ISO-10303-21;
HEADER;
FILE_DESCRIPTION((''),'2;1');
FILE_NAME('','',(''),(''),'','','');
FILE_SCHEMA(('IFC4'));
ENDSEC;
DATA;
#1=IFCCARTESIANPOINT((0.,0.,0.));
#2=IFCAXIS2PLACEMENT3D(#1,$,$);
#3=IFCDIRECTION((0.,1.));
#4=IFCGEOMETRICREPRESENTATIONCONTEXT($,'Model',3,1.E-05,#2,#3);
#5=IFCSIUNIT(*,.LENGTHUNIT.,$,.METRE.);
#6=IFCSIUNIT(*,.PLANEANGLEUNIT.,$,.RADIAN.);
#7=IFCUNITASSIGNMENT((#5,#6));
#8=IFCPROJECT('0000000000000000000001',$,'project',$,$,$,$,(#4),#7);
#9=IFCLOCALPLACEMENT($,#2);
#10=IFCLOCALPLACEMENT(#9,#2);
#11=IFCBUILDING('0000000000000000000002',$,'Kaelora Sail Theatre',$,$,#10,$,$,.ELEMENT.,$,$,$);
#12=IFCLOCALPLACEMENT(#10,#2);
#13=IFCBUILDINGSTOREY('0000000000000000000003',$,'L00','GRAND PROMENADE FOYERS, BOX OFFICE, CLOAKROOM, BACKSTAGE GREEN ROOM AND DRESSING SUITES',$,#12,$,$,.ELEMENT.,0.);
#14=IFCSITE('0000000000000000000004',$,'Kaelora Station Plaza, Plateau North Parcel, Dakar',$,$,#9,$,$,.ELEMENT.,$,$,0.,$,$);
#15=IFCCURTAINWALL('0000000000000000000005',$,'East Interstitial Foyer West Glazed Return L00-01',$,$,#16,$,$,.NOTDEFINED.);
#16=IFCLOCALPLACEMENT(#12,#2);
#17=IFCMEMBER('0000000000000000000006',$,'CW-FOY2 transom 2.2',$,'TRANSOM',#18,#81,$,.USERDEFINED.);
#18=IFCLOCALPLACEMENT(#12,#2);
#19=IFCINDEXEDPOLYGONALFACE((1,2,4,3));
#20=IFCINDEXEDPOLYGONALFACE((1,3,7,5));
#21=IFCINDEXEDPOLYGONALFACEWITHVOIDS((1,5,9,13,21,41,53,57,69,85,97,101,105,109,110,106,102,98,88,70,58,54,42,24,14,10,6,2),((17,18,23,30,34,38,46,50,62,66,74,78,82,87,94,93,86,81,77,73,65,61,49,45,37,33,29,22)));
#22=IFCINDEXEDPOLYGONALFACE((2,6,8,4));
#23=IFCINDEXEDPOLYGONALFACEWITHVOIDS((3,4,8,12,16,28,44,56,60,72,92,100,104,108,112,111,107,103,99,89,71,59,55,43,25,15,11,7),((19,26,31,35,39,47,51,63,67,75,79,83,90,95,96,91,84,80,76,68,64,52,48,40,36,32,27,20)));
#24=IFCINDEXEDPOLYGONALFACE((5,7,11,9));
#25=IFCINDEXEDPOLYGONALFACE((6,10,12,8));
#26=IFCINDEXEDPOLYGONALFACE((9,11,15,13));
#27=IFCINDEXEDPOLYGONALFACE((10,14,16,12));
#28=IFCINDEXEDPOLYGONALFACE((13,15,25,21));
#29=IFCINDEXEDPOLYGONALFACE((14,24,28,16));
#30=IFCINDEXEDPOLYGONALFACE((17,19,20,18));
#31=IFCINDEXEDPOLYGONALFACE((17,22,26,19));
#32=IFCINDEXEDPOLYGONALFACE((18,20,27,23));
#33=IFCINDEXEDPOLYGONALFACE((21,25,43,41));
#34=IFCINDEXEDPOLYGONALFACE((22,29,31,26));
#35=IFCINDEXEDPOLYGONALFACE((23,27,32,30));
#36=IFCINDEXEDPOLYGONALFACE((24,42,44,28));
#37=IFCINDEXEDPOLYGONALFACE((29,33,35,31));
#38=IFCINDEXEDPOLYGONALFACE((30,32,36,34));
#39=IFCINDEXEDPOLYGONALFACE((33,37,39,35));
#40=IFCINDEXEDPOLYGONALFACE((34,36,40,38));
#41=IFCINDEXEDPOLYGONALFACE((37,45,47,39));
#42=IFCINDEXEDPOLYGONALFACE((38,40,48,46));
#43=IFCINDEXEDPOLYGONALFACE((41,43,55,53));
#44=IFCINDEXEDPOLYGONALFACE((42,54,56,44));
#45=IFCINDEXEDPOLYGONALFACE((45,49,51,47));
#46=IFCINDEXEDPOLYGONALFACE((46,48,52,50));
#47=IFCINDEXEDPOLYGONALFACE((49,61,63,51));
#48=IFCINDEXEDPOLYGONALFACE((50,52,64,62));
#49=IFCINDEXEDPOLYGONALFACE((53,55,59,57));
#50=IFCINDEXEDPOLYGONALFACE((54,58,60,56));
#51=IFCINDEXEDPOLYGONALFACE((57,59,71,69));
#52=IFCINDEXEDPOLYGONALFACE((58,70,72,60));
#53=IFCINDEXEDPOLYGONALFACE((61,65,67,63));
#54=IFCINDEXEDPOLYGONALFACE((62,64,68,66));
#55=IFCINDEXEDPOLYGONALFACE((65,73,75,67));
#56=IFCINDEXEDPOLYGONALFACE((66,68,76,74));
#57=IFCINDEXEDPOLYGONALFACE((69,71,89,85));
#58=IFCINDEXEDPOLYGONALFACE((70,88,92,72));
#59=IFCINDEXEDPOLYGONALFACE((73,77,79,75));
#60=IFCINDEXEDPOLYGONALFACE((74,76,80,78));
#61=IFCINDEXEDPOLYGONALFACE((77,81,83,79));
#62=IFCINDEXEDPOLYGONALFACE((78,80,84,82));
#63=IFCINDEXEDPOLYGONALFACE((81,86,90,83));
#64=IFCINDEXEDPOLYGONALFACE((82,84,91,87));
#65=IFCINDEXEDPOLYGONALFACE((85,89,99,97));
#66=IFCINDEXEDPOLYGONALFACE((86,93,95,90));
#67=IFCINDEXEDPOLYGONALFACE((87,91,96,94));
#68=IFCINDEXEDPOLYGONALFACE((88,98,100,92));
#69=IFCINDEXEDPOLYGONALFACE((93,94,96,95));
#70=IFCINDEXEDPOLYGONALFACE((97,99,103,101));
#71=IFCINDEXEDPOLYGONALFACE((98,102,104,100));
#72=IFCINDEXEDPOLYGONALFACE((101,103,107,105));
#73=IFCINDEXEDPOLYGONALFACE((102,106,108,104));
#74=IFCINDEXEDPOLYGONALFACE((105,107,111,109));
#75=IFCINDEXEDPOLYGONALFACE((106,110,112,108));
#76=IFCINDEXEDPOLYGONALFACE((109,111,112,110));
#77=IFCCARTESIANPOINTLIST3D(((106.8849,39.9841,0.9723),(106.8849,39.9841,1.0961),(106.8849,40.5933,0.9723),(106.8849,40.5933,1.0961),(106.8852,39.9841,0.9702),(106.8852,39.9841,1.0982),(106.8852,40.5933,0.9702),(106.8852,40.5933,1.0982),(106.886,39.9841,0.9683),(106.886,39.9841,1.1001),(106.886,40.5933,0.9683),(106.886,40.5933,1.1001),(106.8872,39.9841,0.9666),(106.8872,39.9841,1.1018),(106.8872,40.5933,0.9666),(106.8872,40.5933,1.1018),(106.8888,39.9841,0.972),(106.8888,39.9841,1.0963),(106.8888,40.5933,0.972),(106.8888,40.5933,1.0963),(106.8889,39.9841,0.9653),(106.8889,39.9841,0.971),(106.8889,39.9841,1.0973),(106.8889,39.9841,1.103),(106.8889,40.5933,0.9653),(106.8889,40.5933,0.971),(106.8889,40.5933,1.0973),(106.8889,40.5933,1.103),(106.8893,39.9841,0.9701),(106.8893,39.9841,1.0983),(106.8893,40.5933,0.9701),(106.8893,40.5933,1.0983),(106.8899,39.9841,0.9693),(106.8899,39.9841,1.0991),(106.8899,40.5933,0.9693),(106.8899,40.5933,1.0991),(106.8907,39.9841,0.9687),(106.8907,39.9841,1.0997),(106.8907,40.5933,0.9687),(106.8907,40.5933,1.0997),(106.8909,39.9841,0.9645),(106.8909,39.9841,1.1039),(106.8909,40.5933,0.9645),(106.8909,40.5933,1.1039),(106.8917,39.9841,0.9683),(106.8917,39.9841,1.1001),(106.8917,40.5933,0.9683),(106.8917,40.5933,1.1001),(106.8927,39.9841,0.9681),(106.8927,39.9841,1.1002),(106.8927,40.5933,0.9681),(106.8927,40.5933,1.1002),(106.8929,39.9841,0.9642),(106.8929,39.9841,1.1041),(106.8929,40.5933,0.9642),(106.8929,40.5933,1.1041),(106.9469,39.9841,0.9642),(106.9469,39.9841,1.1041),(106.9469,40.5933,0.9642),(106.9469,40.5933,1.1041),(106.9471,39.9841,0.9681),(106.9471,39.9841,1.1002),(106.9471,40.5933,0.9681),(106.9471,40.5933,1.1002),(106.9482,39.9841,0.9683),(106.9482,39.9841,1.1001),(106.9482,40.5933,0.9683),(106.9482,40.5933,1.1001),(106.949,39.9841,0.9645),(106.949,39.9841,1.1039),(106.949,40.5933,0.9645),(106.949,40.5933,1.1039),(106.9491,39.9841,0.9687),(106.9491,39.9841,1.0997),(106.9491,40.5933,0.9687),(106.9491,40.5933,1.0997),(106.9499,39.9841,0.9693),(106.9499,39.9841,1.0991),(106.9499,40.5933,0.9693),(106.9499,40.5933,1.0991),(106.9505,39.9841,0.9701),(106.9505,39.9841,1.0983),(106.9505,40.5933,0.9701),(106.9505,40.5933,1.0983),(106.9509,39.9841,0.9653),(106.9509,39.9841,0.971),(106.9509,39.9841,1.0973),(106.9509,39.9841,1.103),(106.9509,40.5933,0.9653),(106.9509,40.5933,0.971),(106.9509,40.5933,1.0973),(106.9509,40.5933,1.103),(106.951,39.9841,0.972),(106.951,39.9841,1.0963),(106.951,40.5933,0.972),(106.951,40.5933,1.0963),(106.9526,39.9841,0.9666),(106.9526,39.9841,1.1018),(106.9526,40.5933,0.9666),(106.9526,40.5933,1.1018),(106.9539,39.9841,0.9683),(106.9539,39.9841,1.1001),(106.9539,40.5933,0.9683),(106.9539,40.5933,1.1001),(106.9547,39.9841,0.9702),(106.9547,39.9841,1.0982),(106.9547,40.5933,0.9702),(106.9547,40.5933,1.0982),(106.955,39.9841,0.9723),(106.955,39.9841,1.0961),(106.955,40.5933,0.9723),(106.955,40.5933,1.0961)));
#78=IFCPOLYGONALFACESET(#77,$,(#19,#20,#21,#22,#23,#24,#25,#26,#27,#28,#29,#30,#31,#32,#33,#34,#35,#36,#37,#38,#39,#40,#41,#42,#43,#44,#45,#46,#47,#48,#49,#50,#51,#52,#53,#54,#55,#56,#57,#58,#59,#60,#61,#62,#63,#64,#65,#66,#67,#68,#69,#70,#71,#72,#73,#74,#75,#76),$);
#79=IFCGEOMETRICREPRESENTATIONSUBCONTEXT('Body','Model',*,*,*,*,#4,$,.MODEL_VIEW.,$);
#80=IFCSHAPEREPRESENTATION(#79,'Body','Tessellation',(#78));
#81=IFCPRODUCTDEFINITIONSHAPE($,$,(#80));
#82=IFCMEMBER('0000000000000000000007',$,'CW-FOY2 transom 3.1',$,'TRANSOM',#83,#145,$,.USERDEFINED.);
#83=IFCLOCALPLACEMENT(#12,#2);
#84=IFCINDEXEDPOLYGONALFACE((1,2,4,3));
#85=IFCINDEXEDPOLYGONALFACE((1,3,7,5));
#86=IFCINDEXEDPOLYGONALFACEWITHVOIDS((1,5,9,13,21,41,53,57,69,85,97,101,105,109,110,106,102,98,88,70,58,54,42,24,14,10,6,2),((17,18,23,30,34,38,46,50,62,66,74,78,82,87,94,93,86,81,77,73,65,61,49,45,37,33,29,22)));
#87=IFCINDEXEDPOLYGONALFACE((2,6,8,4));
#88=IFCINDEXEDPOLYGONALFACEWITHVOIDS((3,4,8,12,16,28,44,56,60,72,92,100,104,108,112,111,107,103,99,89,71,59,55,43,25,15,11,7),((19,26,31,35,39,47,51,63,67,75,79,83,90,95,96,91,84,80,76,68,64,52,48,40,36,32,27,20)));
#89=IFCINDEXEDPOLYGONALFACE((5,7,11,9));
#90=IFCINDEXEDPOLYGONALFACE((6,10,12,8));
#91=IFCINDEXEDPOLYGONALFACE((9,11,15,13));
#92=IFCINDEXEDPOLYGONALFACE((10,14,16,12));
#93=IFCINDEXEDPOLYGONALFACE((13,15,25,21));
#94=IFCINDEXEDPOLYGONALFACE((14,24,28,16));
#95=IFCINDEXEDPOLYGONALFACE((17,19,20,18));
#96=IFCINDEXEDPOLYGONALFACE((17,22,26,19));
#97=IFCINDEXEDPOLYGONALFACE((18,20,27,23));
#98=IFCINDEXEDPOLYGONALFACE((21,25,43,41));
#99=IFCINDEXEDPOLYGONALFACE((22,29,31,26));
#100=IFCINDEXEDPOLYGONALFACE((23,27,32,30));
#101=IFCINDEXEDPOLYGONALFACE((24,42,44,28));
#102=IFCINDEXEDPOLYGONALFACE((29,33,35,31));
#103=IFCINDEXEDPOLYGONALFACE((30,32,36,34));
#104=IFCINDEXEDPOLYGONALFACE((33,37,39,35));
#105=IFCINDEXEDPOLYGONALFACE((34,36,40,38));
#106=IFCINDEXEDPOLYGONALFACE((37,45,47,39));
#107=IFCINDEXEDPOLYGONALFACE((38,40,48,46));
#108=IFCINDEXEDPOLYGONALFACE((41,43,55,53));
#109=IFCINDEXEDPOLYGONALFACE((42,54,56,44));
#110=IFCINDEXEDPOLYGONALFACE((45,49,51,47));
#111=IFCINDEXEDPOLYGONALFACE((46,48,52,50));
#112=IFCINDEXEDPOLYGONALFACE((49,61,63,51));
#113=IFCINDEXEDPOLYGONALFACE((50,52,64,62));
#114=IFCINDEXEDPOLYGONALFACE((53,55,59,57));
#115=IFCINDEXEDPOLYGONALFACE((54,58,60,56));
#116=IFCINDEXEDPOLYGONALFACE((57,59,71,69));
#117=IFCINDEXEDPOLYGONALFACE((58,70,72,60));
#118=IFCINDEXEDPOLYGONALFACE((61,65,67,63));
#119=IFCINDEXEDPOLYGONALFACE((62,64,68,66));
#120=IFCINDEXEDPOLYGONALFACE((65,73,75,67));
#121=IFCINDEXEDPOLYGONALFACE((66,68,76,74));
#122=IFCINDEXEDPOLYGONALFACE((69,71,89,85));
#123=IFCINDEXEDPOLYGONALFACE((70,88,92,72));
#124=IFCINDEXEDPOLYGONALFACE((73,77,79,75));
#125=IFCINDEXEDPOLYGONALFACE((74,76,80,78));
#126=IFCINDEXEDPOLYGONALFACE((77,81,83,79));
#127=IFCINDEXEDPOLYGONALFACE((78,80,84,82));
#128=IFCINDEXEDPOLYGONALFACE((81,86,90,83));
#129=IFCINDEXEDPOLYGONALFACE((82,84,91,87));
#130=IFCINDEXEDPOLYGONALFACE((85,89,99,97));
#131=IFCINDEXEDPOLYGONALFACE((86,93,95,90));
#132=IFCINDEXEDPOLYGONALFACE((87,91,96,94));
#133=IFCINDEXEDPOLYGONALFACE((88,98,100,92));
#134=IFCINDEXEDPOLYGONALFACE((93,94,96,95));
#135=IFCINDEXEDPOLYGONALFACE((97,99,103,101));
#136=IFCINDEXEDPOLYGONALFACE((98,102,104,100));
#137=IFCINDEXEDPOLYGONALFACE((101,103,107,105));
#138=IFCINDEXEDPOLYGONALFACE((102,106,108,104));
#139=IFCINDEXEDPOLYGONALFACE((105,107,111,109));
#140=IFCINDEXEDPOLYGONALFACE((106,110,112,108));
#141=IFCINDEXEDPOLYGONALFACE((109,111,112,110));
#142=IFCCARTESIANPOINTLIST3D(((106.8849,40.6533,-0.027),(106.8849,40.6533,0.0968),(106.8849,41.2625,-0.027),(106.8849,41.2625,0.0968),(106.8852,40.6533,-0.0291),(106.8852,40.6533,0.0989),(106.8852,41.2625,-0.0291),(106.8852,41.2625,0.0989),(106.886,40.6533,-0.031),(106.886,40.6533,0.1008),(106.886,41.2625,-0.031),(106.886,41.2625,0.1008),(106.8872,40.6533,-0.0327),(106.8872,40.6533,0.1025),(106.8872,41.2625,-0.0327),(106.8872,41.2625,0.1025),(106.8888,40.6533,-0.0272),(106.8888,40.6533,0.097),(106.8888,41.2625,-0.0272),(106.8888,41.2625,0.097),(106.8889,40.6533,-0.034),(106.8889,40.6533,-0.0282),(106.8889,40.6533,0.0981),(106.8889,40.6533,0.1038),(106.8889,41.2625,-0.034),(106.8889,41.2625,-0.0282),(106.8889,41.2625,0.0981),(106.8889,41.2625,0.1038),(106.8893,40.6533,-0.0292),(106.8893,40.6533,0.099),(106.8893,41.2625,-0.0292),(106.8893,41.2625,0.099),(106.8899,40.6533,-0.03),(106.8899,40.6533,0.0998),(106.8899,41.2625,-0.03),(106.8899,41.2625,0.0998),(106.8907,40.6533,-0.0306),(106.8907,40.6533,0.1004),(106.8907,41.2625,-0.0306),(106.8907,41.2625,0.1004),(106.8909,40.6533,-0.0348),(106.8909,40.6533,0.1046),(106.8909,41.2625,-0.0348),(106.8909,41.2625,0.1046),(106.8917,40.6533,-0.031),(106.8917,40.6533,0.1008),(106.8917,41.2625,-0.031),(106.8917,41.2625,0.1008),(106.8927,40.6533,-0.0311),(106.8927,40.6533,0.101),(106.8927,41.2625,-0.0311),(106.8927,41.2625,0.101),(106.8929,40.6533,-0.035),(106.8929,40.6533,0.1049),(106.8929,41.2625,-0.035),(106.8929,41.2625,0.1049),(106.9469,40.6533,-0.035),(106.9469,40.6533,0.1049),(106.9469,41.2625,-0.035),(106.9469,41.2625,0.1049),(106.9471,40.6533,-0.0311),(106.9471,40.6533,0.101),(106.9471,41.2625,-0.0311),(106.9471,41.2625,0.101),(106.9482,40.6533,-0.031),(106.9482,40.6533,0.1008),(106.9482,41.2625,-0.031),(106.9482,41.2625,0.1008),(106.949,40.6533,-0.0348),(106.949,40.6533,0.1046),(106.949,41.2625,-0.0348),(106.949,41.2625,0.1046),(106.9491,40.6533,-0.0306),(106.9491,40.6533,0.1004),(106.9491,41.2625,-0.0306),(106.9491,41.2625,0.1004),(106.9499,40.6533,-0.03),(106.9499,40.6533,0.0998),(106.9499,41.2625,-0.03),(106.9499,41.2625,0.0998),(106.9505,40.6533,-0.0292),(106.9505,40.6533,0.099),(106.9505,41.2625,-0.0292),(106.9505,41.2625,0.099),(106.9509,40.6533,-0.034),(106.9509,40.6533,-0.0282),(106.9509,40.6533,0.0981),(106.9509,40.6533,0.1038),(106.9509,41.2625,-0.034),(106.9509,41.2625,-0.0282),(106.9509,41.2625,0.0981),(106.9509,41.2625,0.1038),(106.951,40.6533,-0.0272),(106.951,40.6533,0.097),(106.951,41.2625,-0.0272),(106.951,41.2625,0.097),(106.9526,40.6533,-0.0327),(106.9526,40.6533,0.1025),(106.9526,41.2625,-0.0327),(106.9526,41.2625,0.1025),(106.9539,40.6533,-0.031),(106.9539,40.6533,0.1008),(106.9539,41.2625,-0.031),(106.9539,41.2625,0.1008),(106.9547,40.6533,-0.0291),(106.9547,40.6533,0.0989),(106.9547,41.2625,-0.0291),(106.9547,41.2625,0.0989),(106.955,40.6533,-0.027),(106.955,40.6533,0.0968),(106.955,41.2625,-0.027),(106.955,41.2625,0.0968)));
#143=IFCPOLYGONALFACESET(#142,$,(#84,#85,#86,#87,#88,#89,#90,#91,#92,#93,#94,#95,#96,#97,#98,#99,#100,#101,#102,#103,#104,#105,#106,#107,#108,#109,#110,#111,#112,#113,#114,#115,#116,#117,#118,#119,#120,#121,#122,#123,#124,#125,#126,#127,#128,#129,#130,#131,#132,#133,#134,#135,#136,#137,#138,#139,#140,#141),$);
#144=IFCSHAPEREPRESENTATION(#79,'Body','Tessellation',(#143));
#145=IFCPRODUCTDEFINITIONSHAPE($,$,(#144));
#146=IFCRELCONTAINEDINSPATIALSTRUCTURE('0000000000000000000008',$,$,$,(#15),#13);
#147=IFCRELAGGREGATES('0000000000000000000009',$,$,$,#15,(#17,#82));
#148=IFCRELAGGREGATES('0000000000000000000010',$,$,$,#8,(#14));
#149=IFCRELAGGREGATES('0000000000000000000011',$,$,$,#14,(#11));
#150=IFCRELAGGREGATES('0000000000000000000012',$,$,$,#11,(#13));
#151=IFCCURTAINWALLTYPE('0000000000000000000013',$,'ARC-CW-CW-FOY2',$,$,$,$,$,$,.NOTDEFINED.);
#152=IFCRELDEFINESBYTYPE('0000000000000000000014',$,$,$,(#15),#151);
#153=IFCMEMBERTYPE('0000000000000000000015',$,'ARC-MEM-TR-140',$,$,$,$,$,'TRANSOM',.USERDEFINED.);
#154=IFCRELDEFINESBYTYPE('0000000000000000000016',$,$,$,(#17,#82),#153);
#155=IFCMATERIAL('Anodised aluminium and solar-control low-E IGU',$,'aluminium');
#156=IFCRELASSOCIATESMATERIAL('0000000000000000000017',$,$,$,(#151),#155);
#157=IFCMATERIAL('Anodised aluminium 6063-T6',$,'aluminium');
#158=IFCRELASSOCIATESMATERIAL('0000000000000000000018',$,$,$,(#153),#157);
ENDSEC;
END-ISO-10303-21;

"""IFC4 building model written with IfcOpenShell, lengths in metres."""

from ifc_helpers import new_model, si_unit, direction, frame, origin, origin_2d, place, context, subcontext, project, spatial, hollow_rectangle, extrude, material, material_profile, profile_set, type_object, element, aggregate, save


model = new_model("IFC4")

# Units and contexts
model_context = context("Model", 3, precision=1e-05, world=origin(), true_north=direction((0.0, 1.0)))
body_context = subcontext(model_context, "Body", "Model", "MODEL_VIEW")
ifc_project = project(units=[si_unit("LENGTHUNIT", "METRE"), si_unit("PLANEANGLEUNIT", "RADIAN")], contexts=[model_context])

# Site, building, storey
site_placement = place(None, origin())
site = spatial("IfcSite", under=ifc_project, at=site_placement, Name="Kaelora Station Plaza, Plateau North Parcel, Dakar", CompositionType="ELEMENT", RefElevation=0.0)
building_placement = place(site_placement, origin())
building = spatial("IfcBuilding", under=site, at=building_placement, Name="Kaelora Sail Theatre", CompositionType="ELEMENT")
storey_placement = place(building_placement, origin())
storey = spatial("IfcBuildingStorey", under=building, at=storey_placement, Name="L00", Description="GRAND PROMENADE FOYERS, BOX OFFICE, CLOAKROOM, BACKSTAGE GREEN ROOM AND DRESSING SUITES", CompositionType="ELEMENT", Elevation=0.0)

# Curtain wall, members
ifc_material_1 = material(Name="Anodised aluminium and solar-control low-E IGU", Category="aluminium")
curtain_wall_type = type_object("IfcCurtainWallType", Name="ARC-CW-CW-FOY2", PredefinedType="NOTDEFINED", material=ifc_material_1)
curtain_wall_placement = place(storey_placement, origin())
curtain_wall = element("IfcCurtainWall", 1, at=curtain_wall_placement, inside=storey, type_object=curtain_wall_type, Name="East Interstitial Foyer West Glazed Return L00-01", PredefinedType="NOTDEFINED")
ifc_material_2 = material(Name="Anodised aluminium 6063-T6", Category="aluminium")
ifc_material_profile_1 = material_profile(ifc_material_2, hollow_rectangle(XDim=0.0701, YDim=0.1399, WallThickness=0.0039, InnerFilletRadius=0.0039, OuterFilletRadius=0.0081, at=origin_2d()), Name="ALU-TRAN 70x140x4")
ifc_profile_set_1 = profile_set([ifc_material_profile_1], Name="Anodised aluminium 6063-T6")
member_type_1 = type_object("IfcMemberType", Name="ARC-MEM-TR-140", ElementType="TRANSOM", PredefinedType="USERDEFINED", material=ifc_profile_set_1)
member_1_placement = place(storey_placement, frame((106.9199, 39.9841, 1.0342), z_axis=(0.0, 1.0, 0.0), x_axis=(-1.0, 0.0, 0.0)))
member_1 = element("IfcMember", 2, at=member_1_placement, type_object=member_type_1, Name="CW-FOY2 transom 2.2", ObjectType="TRANSOM", PredefinedType="USERDEFINED", context=body_context, shape_type="SweptSolid", body=[
    extrude(hollow_rectangle(XDim=0.0701, YDim=0.1399, WallThickness=0.0039, InnerFilletRadius=0.0039, OuterFilletRadius=0.0081, at=origin_2d()), origin(), (0.0, 0.0, 1.0), 0.6091),
])
member_2_placement = place(storey_placement, frame((106.9199, 40.6533, 0.0349), z_axis=(0.0, 1.0, 0.0), x_axis=(-1.0, 0.0, 0.0)))
member_2 = element("IfcMember", 3, at=member_2_placement, type_object=member_type_1, Name="CW-FOY2 transom 3.1", ObjectType="TRANSOM", PredefinedType="USERDEFINED", context=body_context, shape_type="SweptSolid", body=[
    extrude(hollow_rectangle(XDim=0.0701, YDim=0.1399, WallThickness=0.0039, InnerFilletRadius=0.0039, OuterFilletRadius=0.0081, at=origin_2d()), origin(), (0.0, 0.0, 1.0), 0.6091),
])
aggregate(curtain_wall, [member_1, member_2])

save(model, "model.ifc")
